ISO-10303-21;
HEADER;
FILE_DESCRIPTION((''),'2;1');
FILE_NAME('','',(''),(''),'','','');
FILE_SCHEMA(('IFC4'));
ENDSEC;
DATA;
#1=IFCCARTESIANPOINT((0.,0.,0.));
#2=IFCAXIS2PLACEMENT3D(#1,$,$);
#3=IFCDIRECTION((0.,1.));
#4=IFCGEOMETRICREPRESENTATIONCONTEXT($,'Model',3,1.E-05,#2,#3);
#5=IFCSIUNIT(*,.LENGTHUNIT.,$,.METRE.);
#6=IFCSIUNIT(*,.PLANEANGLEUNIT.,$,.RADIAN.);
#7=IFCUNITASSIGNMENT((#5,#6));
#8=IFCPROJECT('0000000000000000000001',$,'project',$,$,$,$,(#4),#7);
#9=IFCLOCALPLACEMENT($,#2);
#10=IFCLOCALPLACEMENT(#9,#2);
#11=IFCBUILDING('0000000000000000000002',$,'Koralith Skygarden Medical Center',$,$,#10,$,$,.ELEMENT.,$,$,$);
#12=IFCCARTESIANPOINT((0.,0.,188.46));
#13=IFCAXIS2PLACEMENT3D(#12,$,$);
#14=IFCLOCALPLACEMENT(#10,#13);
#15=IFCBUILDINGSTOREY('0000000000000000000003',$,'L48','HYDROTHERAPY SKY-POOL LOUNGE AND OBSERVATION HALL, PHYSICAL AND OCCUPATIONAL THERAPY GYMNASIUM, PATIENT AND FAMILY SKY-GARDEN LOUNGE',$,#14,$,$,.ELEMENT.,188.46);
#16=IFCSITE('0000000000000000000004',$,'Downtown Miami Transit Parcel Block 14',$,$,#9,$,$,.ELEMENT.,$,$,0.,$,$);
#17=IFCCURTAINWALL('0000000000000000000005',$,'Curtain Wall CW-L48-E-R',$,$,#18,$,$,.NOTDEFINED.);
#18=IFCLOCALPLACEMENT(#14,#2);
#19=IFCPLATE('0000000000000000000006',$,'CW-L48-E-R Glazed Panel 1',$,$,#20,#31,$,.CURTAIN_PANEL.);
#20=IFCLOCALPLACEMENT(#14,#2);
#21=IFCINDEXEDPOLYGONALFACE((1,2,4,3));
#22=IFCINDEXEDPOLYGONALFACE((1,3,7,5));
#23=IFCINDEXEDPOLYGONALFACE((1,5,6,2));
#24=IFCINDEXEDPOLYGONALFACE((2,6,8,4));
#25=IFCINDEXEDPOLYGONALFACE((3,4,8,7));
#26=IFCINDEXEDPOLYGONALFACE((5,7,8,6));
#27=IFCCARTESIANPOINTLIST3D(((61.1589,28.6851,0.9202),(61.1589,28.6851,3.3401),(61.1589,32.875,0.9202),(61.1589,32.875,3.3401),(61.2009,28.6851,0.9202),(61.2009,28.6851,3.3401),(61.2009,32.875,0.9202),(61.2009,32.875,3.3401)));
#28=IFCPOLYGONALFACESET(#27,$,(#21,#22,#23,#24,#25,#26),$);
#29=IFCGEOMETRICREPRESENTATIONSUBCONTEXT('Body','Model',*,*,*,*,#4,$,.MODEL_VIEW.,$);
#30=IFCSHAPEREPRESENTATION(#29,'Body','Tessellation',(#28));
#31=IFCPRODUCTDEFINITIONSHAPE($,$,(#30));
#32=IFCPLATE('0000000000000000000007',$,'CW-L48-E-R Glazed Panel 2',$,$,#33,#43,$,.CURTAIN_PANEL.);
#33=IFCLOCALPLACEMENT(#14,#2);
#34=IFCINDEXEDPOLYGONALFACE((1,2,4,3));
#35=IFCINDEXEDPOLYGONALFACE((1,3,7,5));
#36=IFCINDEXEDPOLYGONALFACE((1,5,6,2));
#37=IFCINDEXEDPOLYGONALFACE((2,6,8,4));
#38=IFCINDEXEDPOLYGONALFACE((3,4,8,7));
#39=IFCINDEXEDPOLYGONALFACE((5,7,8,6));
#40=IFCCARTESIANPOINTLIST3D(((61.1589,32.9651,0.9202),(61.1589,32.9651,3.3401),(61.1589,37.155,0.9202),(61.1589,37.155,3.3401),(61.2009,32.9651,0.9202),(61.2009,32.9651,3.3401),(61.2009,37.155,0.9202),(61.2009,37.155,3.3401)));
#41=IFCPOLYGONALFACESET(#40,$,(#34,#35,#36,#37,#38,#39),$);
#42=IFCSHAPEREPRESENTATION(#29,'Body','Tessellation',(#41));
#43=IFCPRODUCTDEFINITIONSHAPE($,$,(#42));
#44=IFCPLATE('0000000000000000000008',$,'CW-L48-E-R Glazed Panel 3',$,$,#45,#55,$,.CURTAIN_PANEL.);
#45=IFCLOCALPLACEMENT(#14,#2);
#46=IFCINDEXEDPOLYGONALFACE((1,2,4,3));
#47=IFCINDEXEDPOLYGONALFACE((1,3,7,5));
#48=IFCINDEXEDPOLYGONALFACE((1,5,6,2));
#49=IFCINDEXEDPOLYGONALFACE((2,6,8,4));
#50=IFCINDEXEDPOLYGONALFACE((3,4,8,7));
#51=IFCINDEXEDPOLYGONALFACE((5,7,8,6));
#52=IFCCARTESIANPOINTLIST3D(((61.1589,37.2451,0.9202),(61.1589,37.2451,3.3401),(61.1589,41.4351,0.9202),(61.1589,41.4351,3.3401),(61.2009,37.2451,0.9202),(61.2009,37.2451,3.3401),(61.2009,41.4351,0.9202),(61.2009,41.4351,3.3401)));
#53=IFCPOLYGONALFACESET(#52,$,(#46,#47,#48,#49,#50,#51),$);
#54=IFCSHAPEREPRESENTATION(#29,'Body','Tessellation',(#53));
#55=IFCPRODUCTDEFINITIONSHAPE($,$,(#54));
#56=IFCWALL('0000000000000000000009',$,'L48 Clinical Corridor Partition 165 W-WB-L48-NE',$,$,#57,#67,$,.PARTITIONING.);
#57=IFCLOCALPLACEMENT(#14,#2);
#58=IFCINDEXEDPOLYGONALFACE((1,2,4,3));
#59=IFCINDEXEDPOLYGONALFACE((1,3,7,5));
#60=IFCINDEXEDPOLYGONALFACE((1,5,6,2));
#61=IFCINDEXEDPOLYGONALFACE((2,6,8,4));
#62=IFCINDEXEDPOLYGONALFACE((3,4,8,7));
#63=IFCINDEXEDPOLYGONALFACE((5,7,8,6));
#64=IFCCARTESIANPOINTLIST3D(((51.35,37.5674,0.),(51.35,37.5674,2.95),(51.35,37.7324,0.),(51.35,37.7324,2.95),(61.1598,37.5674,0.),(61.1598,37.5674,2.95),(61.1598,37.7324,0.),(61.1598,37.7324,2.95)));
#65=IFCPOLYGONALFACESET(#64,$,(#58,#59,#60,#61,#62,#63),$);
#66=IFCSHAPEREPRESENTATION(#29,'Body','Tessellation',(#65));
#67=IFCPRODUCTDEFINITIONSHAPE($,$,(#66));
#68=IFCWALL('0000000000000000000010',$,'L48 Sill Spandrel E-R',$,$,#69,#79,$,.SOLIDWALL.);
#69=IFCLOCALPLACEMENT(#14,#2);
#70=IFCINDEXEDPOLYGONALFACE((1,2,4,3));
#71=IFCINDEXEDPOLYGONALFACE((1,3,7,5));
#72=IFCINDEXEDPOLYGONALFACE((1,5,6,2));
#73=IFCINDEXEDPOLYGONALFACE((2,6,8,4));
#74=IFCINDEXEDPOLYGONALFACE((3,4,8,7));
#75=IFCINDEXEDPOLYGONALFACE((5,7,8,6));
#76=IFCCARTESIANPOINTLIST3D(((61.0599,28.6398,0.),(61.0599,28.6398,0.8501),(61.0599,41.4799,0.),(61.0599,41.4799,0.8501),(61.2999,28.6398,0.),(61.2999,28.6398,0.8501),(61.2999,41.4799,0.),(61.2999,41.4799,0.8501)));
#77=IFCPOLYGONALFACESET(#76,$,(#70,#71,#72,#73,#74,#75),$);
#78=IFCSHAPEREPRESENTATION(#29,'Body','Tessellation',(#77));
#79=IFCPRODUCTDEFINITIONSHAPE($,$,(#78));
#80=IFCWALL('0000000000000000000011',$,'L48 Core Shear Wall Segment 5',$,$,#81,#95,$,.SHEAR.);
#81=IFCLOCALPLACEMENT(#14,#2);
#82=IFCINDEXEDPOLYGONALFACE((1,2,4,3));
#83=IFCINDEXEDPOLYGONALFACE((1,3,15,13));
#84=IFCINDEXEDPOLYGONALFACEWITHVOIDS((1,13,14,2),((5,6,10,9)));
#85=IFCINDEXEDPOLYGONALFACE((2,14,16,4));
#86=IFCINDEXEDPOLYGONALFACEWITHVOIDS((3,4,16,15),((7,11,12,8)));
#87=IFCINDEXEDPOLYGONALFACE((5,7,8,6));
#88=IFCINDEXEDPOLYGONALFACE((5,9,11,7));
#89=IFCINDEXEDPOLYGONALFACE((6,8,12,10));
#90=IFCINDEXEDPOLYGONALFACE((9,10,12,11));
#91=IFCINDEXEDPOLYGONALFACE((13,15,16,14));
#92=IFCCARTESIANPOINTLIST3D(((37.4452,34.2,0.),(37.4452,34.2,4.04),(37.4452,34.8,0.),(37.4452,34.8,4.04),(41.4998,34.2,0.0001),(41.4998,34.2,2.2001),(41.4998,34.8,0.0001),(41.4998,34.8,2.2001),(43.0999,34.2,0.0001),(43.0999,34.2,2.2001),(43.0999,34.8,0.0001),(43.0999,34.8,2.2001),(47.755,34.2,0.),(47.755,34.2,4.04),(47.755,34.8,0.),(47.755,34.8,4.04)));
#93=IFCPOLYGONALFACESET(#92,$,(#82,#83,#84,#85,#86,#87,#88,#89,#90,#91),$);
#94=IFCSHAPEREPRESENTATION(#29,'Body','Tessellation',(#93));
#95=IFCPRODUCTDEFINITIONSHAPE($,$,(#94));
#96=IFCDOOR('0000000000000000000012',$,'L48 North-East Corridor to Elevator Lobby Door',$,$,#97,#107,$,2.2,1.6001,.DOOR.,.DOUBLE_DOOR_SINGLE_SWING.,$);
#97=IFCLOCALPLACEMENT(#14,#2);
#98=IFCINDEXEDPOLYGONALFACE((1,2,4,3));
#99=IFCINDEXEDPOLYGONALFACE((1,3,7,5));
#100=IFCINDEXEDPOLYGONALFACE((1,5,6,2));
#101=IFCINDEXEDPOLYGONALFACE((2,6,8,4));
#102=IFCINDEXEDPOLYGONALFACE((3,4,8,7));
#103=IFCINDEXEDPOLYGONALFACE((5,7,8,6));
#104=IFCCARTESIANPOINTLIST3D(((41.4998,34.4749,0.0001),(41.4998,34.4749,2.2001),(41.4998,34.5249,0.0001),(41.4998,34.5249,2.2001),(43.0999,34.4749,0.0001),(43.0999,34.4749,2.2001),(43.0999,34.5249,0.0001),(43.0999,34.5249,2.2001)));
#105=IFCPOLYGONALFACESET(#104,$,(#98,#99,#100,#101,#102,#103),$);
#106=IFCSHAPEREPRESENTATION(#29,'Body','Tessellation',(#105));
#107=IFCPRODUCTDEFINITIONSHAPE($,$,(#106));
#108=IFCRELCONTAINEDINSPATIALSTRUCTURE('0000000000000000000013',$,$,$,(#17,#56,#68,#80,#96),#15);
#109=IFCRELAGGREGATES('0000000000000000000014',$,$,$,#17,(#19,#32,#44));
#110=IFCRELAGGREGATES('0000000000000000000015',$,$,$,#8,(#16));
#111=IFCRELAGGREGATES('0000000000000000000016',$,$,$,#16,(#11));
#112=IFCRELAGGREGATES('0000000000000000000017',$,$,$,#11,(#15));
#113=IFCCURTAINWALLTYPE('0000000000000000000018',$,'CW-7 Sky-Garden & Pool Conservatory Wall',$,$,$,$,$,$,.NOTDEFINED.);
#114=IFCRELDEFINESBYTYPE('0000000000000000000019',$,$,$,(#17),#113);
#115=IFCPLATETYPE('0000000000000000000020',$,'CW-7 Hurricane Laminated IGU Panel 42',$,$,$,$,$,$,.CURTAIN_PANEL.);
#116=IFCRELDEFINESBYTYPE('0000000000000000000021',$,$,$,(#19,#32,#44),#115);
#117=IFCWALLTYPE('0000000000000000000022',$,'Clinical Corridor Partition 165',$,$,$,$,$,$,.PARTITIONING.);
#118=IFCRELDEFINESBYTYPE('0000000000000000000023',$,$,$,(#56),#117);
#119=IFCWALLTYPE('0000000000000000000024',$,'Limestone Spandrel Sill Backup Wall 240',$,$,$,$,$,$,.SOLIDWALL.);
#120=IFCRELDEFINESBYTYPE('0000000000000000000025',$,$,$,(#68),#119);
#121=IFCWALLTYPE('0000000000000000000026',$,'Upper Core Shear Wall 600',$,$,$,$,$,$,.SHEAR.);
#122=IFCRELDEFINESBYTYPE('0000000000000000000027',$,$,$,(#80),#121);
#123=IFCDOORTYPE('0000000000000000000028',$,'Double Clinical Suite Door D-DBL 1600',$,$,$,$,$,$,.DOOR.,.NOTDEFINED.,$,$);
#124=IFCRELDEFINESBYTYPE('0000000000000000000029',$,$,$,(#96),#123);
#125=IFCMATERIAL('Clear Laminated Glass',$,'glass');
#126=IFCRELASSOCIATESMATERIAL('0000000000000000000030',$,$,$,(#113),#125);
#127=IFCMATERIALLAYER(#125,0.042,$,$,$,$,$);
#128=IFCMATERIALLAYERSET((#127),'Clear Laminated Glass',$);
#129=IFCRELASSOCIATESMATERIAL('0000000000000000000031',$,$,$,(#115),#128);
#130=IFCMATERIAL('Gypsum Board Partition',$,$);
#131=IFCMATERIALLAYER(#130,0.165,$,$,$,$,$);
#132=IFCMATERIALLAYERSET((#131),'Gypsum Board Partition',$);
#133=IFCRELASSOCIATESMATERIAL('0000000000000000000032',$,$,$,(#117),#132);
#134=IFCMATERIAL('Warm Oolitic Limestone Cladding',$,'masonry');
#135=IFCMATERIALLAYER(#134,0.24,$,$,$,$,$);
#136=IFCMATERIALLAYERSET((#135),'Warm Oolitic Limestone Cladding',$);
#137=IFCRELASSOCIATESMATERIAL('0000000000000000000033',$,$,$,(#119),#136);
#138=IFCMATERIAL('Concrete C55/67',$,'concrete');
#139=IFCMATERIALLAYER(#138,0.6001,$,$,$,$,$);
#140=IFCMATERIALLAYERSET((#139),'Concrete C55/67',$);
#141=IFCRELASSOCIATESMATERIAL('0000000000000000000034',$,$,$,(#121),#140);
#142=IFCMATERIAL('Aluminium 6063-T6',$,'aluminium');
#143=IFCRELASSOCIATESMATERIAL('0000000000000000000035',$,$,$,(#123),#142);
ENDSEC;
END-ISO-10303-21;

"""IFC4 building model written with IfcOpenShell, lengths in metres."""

from ifc_helpers import new_model, si_unit, direction, frame, frame_2d, origin, origin_2d, place, context, subcontext, project, spatial, rectangle, extrude, material, layer, layer_set, type_object, element, fill, aggregate, save


model = new_model("IFC4")

# Units and contexts
model_context = context("Model", 3, precision=1e-05, world=origin(), true_north=direction((0.0, 1.0)))
body_context = subcontext(model_context, "Body", "Model", "MODEL_VIEW")
ifc_project = project(units=[si_unit("LENGTHUNIT", "METRE"), si_unit("PLANEANGLEUNIT", "RADIAN")], contexts=[model_context])

# Site, building, storey
site_placement = place(None, origin())
site = spatial("IfcSite", under=ifc_project, at=site_placement, Name="Downtown Miami Transit Parcel Block 14", CompositionType="ELEMENT", RefElevation=0.0)
building_placement = place(site_placement, origin())
building = spatial("IfcBuilding", under=site, at=building_placement, Name="Koralith Skygarden Medical Center", CompositionType="ELEMENT")
storey_placement = place(building_placement, frame((0.0, 0.0, 188.46)))
storey = spatial("IfcBuildingStorey", under=building, at=storey_placement, Name="L48", Description="HYDROTHERAPY SKY-POOL LOUNGE AND OBSERVATION HALL, PHYSICAL AND OCCUPATIONAL THERAPY GYMNASIUM, PATIENT AND FAMILY SKY-GARDEN LOUNGE", CompositionType="ELEMENT", Elevation=188.46)

# Shared definitions
ifc_material_1 = material(Name="Concrete C55/67", Category="concrete")

# Curtain wall
ifc_material_2 = material(Name="Clear Laminated Glass", Category="glass")
curtain_wall_type = type_object("IfcCurtainWallType", Name="CW-7 Sky-Garden & Pool Conservatory Wall", PredefinedType="NOTDEFINED", material=ifc_material_2)
curtain_wall_placement = place(storey_placement, origin())
curtain_wall = element("IfcCurtainWall", 1, at=curtain_wall_placement, inside=storey, type_object=curtain_wall_type, Name="Curtain Wall CW-L48-E-R", PredefinedType="NOTDEFINED")
ifc_material_3 = material(Name="Aluminium 6063-T6", Category="aluminium")

# Plates
ifc_layer_1 = layer(ifc_material_2, 0.042)
ifc_layer_set_1 = layer_set([ifc_layer_1], Name="Clear Laminated Glass")
plate_type = type_object("IfcPlateType", Name="CW-7 Hurricane Laminated IGU Panel 42", PredefinedType="CURTAIN_PANEL", material=ifc_layer_set_1)
plate_1_placement = place(storey_placement, frame((61.1799, 30.78, 0.9202), z_axis=(0.0, 0.0, 1.0), x_axis=(0.0, 1.0, 0.0)))
plate_1 = element("IfcPlate", 2, at=plate_1_placement, type_object=plate_type, Name="CW-L48-E-R Glazed Panel 1", PredefinedType="CURTAIN_PANEL", context=body_context, shape_type="SweptSolid", body=[
    extrude(rectangle(XDim=4.1899, YDim=0.042, at=origin_2d()), origin(), (0.0, 0.0, 1.0), 2.4199),
])
plate_2_placement = place(storey_placement, frame((61.1799, 35.0601, 0.9202), z_axis=(0.0, 0.0, 1.0), x_axis=(0.0, 1.0, 0.0)))
plate_2 = element("IfcPlate", 3, at=plate_2_placement, type_object=plate_type, Name="CW-L48-E-R Glazed Panel 2", PredefinedType="CURTAIN_PANEL", context=body_context, shape_type="SweptSolid", body=[
    extrude(rectangle(XDim=4.1899, YDim=0.042, at=origin_2d()), origin(), (0.0, 0.0, 1.0), 2.4199),
])
plate_3_placement = place(storey_placement, frame((61.1799, 39.3401, 0.9202), z_axis=(0.0, 0.0, 1.0), x_axis=(0.0, 1.0, 0.0)))
plate_3 = element("IfcPlate", 4, at=plate_3_placement, type_object=plate_type, Name="CW-L48-E-R Glazed Panel 3", PredefinedType="CURTAIN_PANEL", context=body_context, shape_type="SweptSolid", body=[
    extrude(rectangle(XDim=4.1899, YDim=0.042, at=origin_2d()), origin(), (0.0, 0.0, 1.0), 2.4199),
])
aggregate(curtain_wall, [plate_1, plate_2, plate_3])

# Walls
ifc_material_4 = material(Name="Gypsum Board Partition")
ifc_layer_2 = layer(ifc_material_4, 0.165)
ifc_layer_set_2 = layer_set([ifc_layer_2], Name="Gypsum Board Partition")
wall_type_1 = type_object("IfcWallType", Name="Clinical Corridor Partition 165", PredefinedType="PARTITIONING", material=ifc_layer_set_2)
wall_1_placement = place(storey_placement, frame((51.3501, 37.6499, 0.0), z_axis=(0.0, 0.0, 1.0), x_axis=(1.0, 0.0, 0.0)))
element("IfcWall", 5, at=wall_1_placement, inside=storey, type_object=wall_type_1, Name="L48 Clinical Corridor Partition 165 W-WB-L48-NE", PredefinedType="PARTITIONING", context=body_context, shape_type="SweptSolid", body=[
    extrude(rectangle(XDim=9.8098, YDim=0.165, at=frame_2d((4.9048, 0.0))), origin(), (0.0, 0.0, 1.0), 2.95),
])
ifc_material_5 = material(Name="Warm Oolitic Limestone Cladding", Category="masonry")
ifc_layer_3 = layer(ifc_material_5, 0.24)
ifc_layer_set_3 = layer_set([ifc_layer_3], Name="Warm Oolitic Limestone Cladding")
wall_type_2 = type_object("IfcWallType", Name="Limestone Spandrel Sill Backup Wall 240", PredefinedType="SOLIDWALL", material=ifc_layer_set_3)
wall_2_placement = place(storey_placement, frame((61.1799, 28.6399, 0.0), z_axis=(0.0, 0.0, 1.0), x_axis=(0.0, 1.0, 0.0)))
element("IfcWall", 6, at=wall_2_placement, inside=storey, type_object=wall_type_2, Name="L48 Sill Spandrel E-R", PredefinedType="SOLIDWALL", context=body_context, shape_type="SweptSolid", body=[
    extrude(rectangle(XDim=12.8401, YDim=0.24, at=frame_2d((6.4199, 0.0))), origin(), (0.0, 0.0, 1.0), 0.8501),
])

# Wall, opening, door
ifc_layer_4 = layer(ifc_material_1, 0.6001)
ifc_layer_set_4 = layer_set([ifc_layer_4], Name="Concrete C55/67")
wall_type_3 = type_object("IfcWallType", Name="Upper Core Shear Wall 600", PredefinedType="SHEAR", material=ifc_layer_set_4)
wall_3_placement = place(storey_placement, frame((47.7549, 34.5, 0.0), z_axis=(0.0, 0.0, 1.0), x_axis=(-1.0, 0.0, 0.0)))
wall_3 = element("IfcWall", 7, at=wall_3_placement, inside=storey, type_object=wall_type_3, Name="L48 Core Shear Wall Segment 5", PredefinedType="SHEAR", context=body_context, shape_type="SweptSolid", body=[
    extrude(rectangle(XDim=10.3098, YDim=0.6001, at=frame_2d((5.1548, 0.0))), origin(), (0.0, 0.0, 1.0), 4.04),
])
opening_placement = place(wall_3_placement, frame((4.655, 0.0, 0.0)))
opening = element("IfcOpeningElement", 8, at=opening_placement, cuts=wall_3, PredefinedType="OPENING", context=body_context, shape_type="SweptSolid", body=[
    extrude(rectangle(XDim=1.6001, YDim=2.2, at=frame_2d((0.8, 1.1001))), frame((0.0, 0.3101, 0.0), z_axis=(0.0, -1.0, 0.0), x_axis=(1.0, 0.0, 0.0)), (0.0, 0.0, 1.0), 0.6201),
])
door_type = type_object("IfcDoorType", Name="Double Clinical Suite Door D-DBL 1600", OperationType="NOTDEFINED", PredefinedType="DOOR", material=ifc_material_3)
door_placement = place(opening_placement, frame((1.6001, 0.0, 0.0), z_axis=(0.0, 0.0, 1.0), x_axis=(-1.0, 0.0, 0.0)))
door = element("IfcDoor", 9, at=door_placement, inside=storey, type_object=door_type, Name="L48 North-East Corridor to Elevator Lobby Door", OperationType="DOUBLE_DOOR_SINGLE_SWING", OverallHeight=2.2, OverallWidth=1.6001, PredefinedType="DOOR", context=body_context, shape_type="SweptSolid", body=[
    extrude(rectangle(XDim=1.6001, YDim=2.2, at=frame_2d((0.8, 1.1001))), frame((0.0, 0.0249, 0.0), z_axis=(0.0, -1.0, 0.0), x_axis=(1.0, 0.0, 0.0)), (0.0, 0.0, 1.0), 0.05),
])
fill(opening, door)

save(model, "model.ifc")
